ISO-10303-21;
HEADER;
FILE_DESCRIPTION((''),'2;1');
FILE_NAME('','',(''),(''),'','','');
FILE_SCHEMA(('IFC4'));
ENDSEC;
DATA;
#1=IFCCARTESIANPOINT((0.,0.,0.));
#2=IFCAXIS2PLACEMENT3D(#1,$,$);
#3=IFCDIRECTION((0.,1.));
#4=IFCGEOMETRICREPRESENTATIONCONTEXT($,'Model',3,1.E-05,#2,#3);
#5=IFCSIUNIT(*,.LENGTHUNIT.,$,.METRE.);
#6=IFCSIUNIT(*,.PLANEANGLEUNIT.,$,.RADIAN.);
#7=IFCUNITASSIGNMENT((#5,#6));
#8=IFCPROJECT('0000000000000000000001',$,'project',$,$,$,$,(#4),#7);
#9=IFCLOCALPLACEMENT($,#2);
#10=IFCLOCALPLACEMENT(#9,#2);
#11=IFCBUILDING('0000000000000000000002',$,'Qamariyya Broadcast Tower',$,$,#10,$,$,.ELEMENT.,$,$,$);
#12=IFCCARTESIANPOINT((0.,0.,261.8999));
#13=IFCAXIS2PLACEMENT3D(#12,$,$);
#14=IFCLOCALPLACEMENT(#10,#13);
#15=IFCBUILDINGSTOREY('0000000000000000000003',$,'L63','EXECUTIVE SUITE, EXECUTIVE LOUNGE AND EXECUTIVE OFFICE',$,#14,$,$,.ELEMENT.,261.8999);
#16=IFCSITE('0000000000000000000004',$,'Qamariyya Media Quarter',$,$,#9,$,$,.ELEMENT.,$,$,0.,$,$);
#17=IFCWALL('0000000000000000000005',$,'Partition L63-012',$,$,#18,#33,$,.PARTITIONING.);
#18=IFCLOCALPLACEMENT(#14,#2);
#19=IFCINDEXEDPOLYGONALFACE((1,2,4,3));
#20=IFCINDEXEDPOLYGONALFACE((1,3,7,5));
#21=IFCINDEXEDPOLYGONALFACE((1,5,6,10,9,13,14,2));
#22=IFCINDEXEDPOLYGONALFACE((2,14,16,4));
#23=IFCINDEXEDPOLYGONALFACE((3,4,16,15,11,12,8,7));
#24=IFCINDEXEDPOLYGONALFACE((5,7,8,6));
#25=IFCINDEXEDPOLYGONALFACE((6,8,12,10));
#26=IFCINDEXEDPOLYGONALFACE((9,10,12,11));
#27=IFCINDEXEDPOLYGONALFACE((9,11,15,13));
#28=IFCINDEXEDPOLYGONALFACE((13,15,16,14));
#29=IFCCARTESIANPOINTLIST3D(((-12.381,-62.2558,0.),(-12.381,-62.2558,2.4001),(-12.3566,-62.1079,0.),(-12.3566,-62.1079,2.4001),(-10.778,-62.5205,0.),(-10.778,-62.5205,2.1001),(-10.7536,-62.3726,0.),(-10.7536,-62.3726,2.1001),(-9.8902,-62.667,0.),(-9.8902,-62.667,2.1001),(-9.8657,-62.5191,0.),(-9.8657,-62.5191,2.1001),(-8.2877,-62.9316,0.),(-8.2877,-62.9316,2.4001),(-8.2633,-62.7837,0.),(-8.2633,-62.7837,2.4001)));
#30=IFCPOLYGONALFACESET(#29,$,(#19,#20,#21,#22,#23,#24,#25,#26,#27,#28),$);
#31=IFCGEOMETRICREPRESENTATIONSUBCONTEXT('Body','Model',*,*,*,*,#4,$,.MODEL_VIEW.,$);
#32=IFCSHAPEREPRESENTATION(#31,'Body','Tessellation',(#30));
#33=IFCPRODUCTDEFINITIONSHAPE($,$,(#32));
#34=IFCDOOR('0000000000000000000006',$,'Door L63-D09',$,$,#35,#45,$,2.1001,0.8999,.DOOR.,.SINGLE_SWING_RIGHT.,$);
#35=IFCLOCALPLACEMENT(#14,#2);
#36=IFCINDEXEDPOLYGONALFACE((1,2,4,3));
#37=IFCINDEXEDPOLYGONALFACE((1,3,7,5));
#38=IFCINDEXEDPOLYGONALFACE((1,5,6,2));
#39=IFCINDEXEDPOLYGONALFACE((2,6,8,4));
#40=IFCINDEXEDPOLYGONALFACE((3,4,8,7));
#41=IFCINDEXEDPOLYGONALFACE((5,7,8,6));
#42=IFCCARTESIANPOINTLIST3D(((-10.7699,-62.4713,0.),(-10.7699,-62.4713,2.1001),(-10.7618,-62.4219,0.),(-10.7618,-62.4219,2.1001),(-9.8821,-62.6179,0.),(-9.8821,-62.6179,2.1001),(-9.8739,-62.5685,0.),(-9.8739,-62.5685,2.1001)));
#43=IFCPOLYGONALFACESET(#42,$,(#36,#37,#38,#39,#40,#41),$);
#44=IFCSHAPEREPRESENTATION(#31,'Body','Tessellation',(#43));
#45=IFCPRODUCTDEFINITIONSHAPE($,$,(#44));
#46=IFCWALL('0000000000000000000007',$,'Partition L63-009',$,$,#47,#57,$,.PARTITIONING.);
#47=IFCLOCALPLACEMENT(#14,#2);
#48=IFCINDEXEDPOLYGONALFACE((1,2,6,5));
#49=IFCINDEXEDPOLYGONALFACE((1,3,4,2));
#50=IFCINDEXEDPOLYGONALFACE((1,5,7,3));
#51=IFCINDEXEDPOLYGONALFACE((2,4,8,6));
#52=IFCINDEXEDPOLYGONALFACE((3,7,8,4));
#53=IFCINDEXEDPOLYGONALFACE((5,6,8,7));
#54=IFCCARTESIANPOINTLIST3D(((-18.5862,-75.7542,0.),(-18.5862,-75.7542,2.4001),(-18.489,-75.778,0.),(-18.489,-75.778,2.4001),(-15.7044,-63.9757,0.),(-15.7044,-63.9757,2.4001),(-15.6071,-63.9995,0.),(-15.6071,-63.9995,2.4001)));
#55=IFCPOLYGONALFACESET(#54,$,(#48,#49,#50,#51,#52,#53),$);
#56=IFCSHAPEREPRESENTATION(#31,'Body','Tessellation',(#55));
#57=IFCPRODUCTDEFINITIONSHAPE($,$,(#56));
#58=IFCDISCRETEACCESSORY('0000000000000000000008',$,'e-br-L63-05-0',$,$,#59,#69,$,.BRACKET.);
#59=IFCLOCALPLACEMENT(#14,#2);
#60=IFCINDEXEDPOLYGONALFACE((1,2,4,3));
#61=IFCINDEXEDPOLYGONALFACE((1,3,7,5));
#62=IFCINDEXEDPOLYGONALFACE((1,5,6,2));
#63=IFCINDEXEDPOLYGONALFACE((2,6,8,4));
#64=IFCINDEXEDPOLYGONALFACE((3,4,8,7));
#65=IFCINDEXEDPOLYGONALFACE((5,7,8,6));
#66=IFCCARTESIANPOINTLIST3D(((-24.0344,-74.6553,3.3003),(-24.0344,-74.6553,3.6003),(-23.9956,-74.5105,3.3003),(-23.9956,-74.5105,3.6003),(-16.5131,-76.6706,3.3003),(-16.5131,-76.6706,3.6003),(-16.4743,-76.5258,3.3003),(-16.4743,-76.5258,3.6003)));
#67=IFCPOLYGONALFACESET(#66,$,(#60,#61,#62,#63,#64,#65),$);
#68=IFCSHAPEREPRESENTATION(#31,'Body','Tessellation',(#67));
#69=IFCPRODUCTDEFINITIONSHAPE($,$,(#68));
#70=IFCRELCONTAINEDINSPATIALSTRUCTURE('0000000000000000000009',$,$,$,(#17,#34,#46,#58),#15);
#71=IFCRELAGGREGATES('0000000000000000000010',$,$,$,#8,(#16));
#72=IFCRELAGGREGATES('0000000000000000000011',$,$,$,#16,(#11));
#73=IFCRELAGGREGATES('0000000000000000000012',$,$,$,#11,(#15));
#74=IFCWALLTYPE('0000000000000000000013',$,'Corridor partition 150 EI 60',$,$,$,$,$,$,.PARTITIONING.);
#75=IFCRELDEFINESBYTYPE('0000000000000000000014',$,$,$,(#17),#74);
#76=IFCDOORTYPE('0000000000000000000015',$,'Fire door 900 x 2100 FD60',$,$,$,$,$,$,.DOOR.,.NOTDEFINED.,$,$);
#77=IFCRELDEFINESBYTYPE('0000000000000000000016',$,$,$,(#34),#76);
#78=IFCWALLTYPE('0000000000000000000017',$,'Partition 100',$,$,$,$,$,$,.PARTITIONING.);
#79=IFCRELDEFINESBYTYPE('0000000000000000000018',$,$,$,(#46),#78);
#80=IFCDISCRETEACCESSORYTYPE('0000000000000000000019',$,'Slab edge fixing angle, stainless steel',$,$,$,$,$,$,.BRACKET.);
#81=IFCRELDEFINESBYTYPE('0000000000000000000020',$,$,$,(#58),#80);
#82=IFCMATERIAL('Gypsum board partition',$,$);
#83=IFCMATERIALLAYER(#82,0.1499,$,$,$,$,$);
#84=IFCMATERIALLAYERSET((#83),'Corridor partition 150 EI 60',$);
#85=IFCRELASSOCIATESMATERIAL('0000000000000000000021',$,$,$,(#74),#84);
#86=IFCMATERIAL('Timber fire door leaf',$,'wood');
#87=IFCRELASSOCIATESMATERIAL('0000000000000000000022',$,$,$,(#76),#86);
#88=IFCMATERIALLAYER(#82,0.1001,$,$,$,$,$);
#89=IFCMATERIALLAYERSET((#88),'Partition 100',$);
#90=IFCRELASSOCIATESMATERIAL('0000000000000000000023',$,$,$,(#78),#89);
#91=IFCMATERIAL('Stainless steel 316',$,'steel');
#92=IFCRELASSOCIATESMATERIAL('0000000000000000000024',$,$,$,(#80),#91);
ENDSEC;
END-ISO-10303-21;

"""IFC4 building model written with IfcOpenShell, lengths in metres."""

from ifc_helpers import new_model, si_unit, direction, frame, frame_2d, origin, origin_2d, place, context, subcontext, project, spatial, rectangle, extrude, material, layer, layer_set, type_object, element, fill, save


model = new_model("IFC4")

# Units and contexts
model_context = context("Model", 3, precision=1e-05, world=origin(), true_north=direction((0.0, 1.0)))
body_context = subcontext(model_context, "Body", "Model", "MODEL_VIEW")
ifc_project = project(units=[si_unit("LENGTHUNIT", "METRE"), si_unit("PLANEANGLEUNIT", "RADIAN")], contexts=[model_context])

# Site, building, storey
site_placement = place(None, origin())
site = spatial("IfcSite", under=ifc_project, at=site_placement, Name="Qamariyya Media Quarter", CompositionType="ELEMENT", RefElevation=0.0)
building_placement = place(site_placement, origin())
building = spatial("IfcBuilding", under=site, at=building_placement, Name="Qamariyya Broadcast Tower", CompositionType="ELEMENT")
storey_placement = place(building_placement, frame((0.0, 0.0, 261.8999)))
storey = spatial("IfcBuildingStorey", under=building, at=storey_placement, Name="L63", Description="EXECUTIVE SUITE, EXECUTIVE LOUNGE AND EXECUTIVE OFFICE", CompositionType="ELEMENT", Elevation=261.8999)

# Shared definitions
ifc_material_1 = material(Name="Gypsum board partition")
ifc_layer_1 = layer(ifc_material_1, 0.1499)
ifc_layer_set_1 = layer_set([ifc_layer_1], Name="Corridor partition 150 EI 60")
wall_type_1 = type_object("IfcWallType", Name="Corridor partition 150 EI 60", PredefinedType="PARTITIONING", material=ifc_layer_set_1)

# Wall, opening, door
ifc_material_2 = material(Name="Timber fire door leaf", Category="wood")
door_type_1 = type_object("IfcDoorType", Name="Fire door 900 x 2100 FD60", OperationType="NOTDEFINED", PredefinedType="DOOR", material=ifc_material_2)
wall_1_placement = place(storey_placement, frame((-12.3687, -62.1819, 0.0), z_axis=(0.0, 0.0, 1.0), x_axis=(0.986644, -0.162891, 0.0)))
wall_1 = element("IfcWall", 1, at=wall_1_placement, inside=storey, type_object=wall_type_1, Name="Partition L63-012", PredefinedType="PARTITIONING", context=body_context, shape_type="SweptSolid", body=[
    extrude(rectangle(XDim=4.1487, YDim=0.1499, at=frame_2d((2.0742, 0.0))), origin(), (0.0, 0.0, 1.0), 2.4001),
])
opening_1_placement = place(wall_1_placement, frame((1.6245, 0.0, 0.0)))
opening_1 = element("IfcOpeningElement", 2, at=opening_1_placement, cuts=wall_1, PredefinedType="OPENING", context=body_context, shape_type="SweptSolid", body=[
    extrude(rectangle(XDim=0.8999, YDim=2.1001, at=frame_2d((0.45, 1.05))), frame((0.0, 0.085, 0.0), z_axis=(0.0, -1.0, 0.0), x_axis=(1.0, 0.0, 0.0)), (0.0, 0.0, 1.0), 0.1699),
])
door_1_placement = place(opening_1_placement, origin())
door_1 = element("IfcDoor", 3, at=door_1_placement, inside=storey, type_object=door_type_1, Name="Door L63-D09", OperationType="SINGLE_SWING_RIGHT", OverallHeight=2.1001, OverallWidth=0.8999, PredefinedType="DOOR", context=body_context, shape_type="SweptSolid", body=[
    extrude(rectangle(XDim=0.8999, YDim=2.1001, at=frame_2d((0.45, 1.05))), frame((0.0, 0.0249, 0.0), z_axis=(0.0, -1.0, 0.0), x_axis=(1.0, 0.0, 0.0)), (0.0, 0.0, 1.0), 0.05),
])
fill(opening_1, door_1)

# Wall
ifc_layer_2 = layer(ifc_material_1, 0.1001)
ifc_layer_set_2 = layer_set([ifc_layer_2], Name="Partition 100")
wall_type_2 = type_object("IfcWallType", Name="Partition 100", PredefinedType="PARTITIONING", material=ifc_layer_set_2)
wall_2_placement = place(storey_placement, frame((-18.5376, -75.7661, 0.0), z_axis=(0.0, 0.0, 1.0), x_axis=(0.237658, 0.971349, 0.0)))
element("IfcWall", 4, at=wall_2_placement, inside=storey, type_object=wall_type_2, Name="Partition L63-009", PredefinedType="PARTITIONING", context=body_context, shape_type="SweptSolid", body=[
    extrude(rectangle(XDim=12.126, YDim=0.1001, at=frame_2d((6.063, 0.0))), origin(), (0.0, 0.0, 1.0), 2.4001),
])

# Discrete accessory
ifc_material_3 = material(Name="Stainless steel 316", Category="steel")
discrete_accessory_type = type_object("IfcDiscreteAccessoryType", Name="Slab edge fixing angle, stainless steel", PredefinedType="BRACKET", material=ifc_material_3)
discrete_accessory_placement = place(storey_placement, frame((-20.2544, -75.5906, 3.3003), z_axis=(0.0, 0.0, 1.0), x_axis=(0.965926, -0.258819, 0.0)))
element("IfcDiscreteAccessory", 5, at=discrete_accessory_placement, inside=storey, type_object=discrete_accessory_type, Name="e-br-L63-05-0", PredefinedType="BRACKET", context=body_context, shape_type="SweptSolid", body=[
    extrude(rectangle(XDim=7.7866, YDim=0.1499, at=origin_2d()), origin(), (0.0, 0.0, 1.0), 0.3),
])

save(model, "model.ifc")
